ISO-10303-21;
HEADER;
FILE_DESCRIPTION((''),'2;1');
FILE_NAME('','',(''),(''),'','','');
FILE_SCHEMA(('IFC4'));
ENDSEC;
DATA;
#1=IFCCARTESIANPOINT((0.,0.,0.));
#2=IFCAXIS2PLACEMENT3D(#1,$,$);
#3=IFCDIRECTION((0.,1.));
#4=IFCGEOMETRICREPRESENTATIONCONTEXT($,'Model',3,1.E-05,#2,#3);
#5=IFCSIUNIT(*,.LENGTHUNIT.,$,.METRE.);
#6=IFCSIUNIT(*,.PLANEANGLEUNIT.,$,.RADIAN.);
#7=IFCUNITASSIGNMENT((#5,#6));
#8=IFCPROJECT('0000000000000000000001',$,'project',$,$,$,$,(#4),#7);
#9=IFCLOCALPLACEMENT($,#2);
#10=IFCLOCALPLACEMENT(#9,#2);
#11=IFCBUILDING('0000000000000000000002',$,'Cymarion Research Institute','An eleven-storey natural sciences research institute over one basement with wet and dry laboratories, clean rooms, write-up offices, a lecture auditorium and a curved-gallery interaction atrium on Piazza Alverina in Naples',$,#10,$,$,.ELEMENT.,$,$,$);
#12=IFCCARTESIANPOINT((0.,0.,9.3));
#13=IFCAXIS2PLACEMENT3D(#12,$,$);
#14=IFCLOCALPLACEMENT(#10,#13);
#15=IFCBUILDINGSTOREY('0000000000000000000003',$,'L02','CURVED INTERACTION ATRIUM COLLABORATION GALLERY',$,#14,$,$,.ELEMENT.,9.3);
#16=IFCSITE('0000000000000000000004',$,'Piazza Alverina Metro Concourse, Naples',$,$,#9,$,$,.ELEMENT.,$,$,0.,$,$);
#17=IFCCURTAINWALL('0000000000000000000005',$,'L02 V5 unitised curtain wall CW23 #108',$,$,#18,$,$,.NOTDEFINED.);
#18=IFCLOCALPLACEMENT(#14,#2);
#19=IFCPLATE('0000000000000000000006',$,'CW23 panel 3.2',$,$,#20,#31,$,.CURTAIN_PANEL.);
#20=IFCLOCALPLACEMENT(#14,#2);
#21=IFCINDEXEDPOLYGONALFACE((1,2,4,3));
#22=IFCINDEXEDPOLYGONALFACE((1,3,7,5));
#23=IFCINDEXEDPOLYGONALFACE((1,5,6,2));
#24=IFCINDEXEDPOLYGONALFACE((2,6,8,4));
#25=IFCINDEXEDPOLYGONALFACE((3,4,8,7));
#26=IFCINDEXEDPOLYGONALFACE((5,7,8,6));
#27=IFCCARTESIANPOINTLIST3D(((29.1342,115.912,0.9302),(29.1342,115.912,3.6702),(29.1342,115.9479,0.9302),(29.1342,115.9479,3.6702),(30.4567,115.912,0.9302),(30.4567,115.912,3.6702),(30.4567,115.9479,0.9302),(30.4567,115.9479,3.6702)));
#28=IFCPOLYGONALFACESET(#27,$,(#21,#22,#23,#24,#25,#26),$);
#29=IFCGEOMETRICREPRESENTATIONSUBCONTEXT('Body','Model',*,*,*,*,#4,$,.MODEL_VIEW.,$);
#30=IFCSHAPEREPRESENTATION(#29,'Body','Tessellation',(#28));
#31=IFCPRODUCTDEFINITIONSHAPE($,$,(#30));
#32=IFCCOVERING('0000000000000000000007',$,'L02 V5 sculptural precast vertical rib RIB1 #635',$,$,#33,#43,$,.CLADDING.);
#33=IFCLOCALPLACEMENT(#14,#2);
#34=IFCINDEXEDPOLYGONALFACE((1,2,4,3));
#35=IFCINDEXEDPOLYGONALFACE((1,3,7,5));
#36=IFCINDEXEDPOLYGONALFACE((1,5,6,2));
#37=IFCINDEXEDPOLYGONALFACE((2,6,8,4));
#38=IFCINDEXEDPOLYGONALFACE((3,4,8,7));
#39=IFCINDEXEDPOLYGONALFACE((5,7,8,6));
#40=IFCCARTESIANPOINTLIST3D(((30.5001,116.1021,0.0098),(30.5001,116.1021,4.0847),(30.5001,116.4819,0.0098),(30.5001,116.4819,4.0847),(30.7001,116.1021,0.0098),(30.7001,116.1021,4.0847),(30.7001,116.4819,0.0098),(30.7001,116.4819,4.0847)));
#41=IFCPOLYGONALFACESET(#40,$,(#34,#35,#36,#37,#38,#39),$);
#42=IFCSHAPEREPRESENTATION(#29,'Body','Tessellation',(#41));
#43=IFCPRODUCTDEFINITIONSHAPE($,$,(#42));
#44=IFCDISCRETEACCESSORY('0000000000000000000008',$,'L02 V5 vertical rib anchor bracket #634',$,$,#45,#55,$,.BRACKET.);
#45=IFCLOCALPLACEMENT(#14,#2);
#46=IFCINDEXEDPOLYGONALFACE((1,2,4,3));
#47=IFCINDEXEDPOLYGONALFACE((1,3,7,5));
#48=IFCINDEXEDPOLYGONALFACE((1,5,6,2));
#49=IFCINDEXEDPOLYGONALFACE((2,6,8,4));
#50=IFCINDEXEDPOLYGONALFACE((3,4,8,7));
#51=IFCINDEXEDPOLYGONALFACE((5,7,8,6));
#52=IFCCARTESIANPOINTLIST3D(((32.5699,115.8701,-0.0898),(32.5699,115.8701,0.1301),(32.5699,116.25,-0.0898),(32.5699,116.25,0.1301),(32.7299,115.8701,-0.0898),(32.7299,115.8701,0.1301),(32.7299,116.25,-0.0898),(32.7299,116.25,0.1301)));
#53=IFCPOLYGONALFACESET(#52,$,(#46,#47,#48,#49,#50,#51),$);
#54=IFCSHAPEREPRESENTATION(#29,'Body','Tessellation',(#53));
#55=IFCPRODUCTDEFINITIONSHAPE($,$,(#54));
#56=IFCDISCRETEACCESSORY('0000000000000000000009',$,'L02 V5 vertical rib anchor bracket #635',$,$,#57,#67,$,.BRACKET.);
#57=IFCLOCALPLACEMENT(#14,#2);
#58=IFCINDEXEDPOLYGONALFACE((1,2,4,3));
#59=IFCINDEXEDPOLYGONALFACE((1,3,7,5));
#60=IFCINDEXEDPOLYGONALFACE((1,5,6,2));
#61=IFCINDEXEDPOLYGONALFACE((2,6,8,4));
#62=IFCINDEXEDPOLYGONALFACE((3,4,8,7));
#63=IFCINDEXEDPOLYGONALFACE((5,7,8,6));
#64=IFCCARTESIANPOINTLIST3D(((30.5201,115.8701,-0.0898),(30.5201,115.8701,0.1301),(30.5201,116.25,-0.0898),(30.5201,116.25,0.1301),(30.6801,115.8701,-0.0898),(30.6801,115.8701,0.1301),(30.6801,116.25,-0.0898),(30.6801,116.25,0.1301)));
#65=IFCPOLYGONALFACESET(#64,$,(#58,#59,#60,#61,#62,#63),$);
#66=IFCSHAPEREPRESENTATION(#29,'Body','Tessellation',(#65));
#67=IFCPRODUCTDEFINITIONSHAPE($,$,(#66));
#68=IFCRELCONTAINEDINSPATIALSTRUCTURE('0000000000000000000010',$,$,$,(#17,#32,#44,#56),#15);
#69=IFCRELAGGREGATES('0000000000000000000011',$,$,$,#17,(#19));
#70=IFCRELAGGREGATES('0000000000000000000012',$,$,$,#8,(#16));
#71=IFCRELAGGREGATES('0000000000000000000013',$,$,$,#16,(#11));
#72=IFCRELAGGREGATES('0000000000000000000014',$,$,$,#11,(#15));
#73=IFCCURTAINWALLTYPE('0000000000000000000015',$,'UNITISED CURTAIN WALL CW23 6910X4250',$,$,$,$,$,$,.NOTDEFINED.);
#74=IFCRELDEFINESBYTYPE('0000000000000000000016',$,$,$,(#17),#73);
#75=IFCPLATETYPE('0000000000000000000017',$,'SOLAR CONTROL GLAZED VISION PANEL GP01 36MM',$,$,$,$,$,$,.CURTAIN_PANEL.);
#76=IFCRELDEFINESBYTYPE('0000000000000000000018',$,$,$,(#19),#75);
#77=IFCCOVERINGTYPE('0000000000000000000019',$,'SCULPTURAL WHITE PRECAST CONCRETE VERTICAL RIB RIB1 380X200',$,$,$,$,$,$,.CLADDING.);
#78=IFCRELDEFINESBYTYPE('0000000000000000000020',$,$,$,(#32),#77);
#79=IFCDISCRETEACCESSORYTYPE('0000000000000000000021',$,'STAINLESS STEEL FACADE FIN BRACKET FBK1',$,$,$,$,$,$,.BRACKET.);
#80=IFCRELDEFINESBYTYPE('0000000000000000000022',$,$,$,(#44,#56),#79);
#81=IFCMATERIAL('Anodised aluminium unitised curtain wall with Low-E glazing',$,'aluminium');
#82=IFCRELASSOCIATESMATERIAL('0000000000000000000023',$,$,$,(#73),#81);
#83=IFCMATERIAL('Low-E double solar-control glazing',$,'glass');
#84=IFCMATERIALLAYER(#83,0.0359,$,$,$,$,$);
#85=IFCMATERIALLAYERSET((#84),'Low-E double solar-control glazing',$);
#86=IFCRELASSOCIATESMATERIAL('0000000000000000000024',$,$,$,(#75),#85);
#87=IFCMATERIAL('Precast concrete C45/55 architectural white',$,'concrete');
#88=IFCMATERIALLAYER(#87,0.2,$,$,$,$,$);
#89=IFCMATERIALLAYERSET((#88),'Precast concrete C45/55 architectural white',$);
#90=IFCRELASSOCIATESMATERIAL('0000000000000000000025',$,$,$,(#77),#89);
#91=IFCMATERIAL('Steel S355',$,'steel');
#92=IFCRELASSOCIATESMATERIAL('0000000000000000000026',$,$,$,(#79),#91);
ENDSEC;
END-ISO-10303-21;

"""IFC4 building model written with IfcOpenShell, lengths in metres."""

from ifc_helpers import new_model, si_unit, direction, frame, origin, origin_2d, place, context, subcontext, project, spatial, rectangle, extrude, material, layer, layer_set, type_object, element, aggregate, save


model = new_model("IFC4")

# Units and contexts
model_context = context("Model", 3, precision=1e-05, world=origin(), true_north=direction((0.0, 1.0)))
body_context = subcontext(model_context, "Body", "Model", "MODEL_VIEW")
ifc_project = project(units=[si_unit("LENGTHUNIT", "METRE"), si_unit("PLANEANGLEUNIT", "RADIAN")], contexts=[model_context])

# Site, building, storey
site_placement = place(None, origin())
site = spatial("IfcSite", under=ifc_project, at=site_placement, Name="Piazza Alverina Metro Concourse, Naples", CompositionType="ELEMENT", RefElevation=0.0)
building_placement = place(site_placement, origin())
building = spatial("IfcBuilding", under=site, at=building_placement, Name="Cymarion Research Institute", Description="An eleven-storey natural sciences research institute over one basement with wet and dry laboratories, clean rooms, write-up offices, a lecture auditorium and a curved-gallery interaction atrium on Piazza Alverina in Naples", CompositionType="ELEMENT")
storey_placement = place(building_placement, frame((0.0, 0.0, 9.3)))
storey = spatial("IfcBuildingStorey", under=building, at=storey_placement, Name="L02", Description="CURVED INTERACTION ATRIUM COLLABORATION GALLERY", CompositionType="ELEMENT", Elevation=9.3)

# Shared definitions
ifc_material_1 = material(Name="Steel S355", Category="steel")

# Curtain wall
ifc_material_2 = material(Name="Anodised aluminium unitised curtain wall with Low-E glazing", Category="aluminium")
curtain_wall_type = type_object("IfcCurtainWallType", Name="UNITISED CURTAIN WALL CW23 6910X4250", PredefinedType="NOTDEFINED", material=ifc_material_2)
curtain_wall_placement = place(storey_placement, origin())
curtain_wall = element("IfcCurtainWall", 1, at=curtain_wall_placement, inside=storey, type_object=curtain_wall_type, Name="L02 V5 unitised curtain wall CW23 #108", PredefinedType="NOTDEFINED")

# Plate
ifc_material_3 = material(Name="Low-E double solar-control glazing", Category="glass")
ifc_layer_1 = layer(ifc_material_3, 0.0359)
ifc_layer_set_1 = layer_set([ifc_layer_1], Name="Low-E double solar-control glazing")
plate_type_1 = type_object("IfcPlateType", Name="SOLAR CONTROL GLAZED VISION PANEL GP01 36MM", PredefinedType="CURTAIN_PANEL", material=ifc_layer_set_1)
plate_1_placement = place(storey_placement, frame((29.7954, 115.9299, 0.9302), z_axis=(0.0, 0.0, 1.0), x_axis=(-1.0, 0.0, 0.0)))
plate_1 = element("IfcPlate", 2, at=plate_1_placement, type_object=plate_type_1, Name="CW23 panel 3.2", PredefinedType="CURTAIN_PANEL", context=body_context, shape_type="SweptSolid", body=[
    extrude(rectangle(XDim=1.3225, YDim=0.0359, at=origin_2d()), origin(), (0.0, 0.0, 1.0), 2.74),
])
aggregate(curtain_wall, [plate_1])

# Covering
ifc_material_4 = material(Name="Precast concrete C45/55 architectural white", Category="concrete")
ifc_layer_2 = layer(ifc_material_4, 0.2)
ifc_layer_set_2 = layer_set([ifc_layer_2], Name="Precast concrete C45/55 architectural white")
covering_type = type_object("IfcCoveringType", Name="SCULPTURAL WHITE PRECAST CONCRETE VERTICAL RIB RIB1 380X200", PredefinedType="CLADDING", material=ifc_layer_set_2)
covering_placement = place(storey_placement, frame((30.6001, 116.292, 0.0098), z_axis=(0.0, 0.0, 1.0), x_axis=(0.0, 1.0, 0.0)))
element("IfcCovering", 3, at=covering_placement, inside=storey, type_object=covering_type, Name="L02 V5 sculptural precast vertical rib RIB1 #635", PredefinedType="CLADDING", context=body_context, shape_type="SweptSolid", body=[
    extrude(rectangle(XDim=0.3799, YDim=0.2, at=origin_2d()), origin(), (0.0, 0.0, 1.0), 4.075),
])

# Discrete accessories
discrete_accessory_type = type_object("IfcDiscreteAccessoryType", Name="STAINLESS STEEL FACADE FIN BRACKET FBK1", PredefinedType="BRACKET", material=ifc_material_1)
for number, where, z_axis, x_axis, name in (
    (4, (32.6499, 116.0601, -0.0898), (0.0, 0.0, 1.0), (0.0, 1.0, 0.0), "L02 V5 vertical rib anchor bracket #634"),
    (5, (30.6001, 116.0601, -0.0898), (0.0, 0.0, 1.0), (0.0, 1.0, 0.0), "L02 V5 vertical rib anchor bracket #635"),
):
    element("IfcDiscreteAccessory", number, at=place(storey_placement, frame(where, z_axis=z_axis, x_axis=x_axis)), inside=storey, type_object=discrete_accessory_type, Name=name, PredefinedType="BRACKET", context=body_context, shape_type="SweptSolid", body=[
        extrude(rectangle(XDim=0.3799, YDim=0.1599, at=origin_2d()), origin(), (0.0, 0.0, 1.0), 0.22),
    ])

save(model, "model.ifc")
